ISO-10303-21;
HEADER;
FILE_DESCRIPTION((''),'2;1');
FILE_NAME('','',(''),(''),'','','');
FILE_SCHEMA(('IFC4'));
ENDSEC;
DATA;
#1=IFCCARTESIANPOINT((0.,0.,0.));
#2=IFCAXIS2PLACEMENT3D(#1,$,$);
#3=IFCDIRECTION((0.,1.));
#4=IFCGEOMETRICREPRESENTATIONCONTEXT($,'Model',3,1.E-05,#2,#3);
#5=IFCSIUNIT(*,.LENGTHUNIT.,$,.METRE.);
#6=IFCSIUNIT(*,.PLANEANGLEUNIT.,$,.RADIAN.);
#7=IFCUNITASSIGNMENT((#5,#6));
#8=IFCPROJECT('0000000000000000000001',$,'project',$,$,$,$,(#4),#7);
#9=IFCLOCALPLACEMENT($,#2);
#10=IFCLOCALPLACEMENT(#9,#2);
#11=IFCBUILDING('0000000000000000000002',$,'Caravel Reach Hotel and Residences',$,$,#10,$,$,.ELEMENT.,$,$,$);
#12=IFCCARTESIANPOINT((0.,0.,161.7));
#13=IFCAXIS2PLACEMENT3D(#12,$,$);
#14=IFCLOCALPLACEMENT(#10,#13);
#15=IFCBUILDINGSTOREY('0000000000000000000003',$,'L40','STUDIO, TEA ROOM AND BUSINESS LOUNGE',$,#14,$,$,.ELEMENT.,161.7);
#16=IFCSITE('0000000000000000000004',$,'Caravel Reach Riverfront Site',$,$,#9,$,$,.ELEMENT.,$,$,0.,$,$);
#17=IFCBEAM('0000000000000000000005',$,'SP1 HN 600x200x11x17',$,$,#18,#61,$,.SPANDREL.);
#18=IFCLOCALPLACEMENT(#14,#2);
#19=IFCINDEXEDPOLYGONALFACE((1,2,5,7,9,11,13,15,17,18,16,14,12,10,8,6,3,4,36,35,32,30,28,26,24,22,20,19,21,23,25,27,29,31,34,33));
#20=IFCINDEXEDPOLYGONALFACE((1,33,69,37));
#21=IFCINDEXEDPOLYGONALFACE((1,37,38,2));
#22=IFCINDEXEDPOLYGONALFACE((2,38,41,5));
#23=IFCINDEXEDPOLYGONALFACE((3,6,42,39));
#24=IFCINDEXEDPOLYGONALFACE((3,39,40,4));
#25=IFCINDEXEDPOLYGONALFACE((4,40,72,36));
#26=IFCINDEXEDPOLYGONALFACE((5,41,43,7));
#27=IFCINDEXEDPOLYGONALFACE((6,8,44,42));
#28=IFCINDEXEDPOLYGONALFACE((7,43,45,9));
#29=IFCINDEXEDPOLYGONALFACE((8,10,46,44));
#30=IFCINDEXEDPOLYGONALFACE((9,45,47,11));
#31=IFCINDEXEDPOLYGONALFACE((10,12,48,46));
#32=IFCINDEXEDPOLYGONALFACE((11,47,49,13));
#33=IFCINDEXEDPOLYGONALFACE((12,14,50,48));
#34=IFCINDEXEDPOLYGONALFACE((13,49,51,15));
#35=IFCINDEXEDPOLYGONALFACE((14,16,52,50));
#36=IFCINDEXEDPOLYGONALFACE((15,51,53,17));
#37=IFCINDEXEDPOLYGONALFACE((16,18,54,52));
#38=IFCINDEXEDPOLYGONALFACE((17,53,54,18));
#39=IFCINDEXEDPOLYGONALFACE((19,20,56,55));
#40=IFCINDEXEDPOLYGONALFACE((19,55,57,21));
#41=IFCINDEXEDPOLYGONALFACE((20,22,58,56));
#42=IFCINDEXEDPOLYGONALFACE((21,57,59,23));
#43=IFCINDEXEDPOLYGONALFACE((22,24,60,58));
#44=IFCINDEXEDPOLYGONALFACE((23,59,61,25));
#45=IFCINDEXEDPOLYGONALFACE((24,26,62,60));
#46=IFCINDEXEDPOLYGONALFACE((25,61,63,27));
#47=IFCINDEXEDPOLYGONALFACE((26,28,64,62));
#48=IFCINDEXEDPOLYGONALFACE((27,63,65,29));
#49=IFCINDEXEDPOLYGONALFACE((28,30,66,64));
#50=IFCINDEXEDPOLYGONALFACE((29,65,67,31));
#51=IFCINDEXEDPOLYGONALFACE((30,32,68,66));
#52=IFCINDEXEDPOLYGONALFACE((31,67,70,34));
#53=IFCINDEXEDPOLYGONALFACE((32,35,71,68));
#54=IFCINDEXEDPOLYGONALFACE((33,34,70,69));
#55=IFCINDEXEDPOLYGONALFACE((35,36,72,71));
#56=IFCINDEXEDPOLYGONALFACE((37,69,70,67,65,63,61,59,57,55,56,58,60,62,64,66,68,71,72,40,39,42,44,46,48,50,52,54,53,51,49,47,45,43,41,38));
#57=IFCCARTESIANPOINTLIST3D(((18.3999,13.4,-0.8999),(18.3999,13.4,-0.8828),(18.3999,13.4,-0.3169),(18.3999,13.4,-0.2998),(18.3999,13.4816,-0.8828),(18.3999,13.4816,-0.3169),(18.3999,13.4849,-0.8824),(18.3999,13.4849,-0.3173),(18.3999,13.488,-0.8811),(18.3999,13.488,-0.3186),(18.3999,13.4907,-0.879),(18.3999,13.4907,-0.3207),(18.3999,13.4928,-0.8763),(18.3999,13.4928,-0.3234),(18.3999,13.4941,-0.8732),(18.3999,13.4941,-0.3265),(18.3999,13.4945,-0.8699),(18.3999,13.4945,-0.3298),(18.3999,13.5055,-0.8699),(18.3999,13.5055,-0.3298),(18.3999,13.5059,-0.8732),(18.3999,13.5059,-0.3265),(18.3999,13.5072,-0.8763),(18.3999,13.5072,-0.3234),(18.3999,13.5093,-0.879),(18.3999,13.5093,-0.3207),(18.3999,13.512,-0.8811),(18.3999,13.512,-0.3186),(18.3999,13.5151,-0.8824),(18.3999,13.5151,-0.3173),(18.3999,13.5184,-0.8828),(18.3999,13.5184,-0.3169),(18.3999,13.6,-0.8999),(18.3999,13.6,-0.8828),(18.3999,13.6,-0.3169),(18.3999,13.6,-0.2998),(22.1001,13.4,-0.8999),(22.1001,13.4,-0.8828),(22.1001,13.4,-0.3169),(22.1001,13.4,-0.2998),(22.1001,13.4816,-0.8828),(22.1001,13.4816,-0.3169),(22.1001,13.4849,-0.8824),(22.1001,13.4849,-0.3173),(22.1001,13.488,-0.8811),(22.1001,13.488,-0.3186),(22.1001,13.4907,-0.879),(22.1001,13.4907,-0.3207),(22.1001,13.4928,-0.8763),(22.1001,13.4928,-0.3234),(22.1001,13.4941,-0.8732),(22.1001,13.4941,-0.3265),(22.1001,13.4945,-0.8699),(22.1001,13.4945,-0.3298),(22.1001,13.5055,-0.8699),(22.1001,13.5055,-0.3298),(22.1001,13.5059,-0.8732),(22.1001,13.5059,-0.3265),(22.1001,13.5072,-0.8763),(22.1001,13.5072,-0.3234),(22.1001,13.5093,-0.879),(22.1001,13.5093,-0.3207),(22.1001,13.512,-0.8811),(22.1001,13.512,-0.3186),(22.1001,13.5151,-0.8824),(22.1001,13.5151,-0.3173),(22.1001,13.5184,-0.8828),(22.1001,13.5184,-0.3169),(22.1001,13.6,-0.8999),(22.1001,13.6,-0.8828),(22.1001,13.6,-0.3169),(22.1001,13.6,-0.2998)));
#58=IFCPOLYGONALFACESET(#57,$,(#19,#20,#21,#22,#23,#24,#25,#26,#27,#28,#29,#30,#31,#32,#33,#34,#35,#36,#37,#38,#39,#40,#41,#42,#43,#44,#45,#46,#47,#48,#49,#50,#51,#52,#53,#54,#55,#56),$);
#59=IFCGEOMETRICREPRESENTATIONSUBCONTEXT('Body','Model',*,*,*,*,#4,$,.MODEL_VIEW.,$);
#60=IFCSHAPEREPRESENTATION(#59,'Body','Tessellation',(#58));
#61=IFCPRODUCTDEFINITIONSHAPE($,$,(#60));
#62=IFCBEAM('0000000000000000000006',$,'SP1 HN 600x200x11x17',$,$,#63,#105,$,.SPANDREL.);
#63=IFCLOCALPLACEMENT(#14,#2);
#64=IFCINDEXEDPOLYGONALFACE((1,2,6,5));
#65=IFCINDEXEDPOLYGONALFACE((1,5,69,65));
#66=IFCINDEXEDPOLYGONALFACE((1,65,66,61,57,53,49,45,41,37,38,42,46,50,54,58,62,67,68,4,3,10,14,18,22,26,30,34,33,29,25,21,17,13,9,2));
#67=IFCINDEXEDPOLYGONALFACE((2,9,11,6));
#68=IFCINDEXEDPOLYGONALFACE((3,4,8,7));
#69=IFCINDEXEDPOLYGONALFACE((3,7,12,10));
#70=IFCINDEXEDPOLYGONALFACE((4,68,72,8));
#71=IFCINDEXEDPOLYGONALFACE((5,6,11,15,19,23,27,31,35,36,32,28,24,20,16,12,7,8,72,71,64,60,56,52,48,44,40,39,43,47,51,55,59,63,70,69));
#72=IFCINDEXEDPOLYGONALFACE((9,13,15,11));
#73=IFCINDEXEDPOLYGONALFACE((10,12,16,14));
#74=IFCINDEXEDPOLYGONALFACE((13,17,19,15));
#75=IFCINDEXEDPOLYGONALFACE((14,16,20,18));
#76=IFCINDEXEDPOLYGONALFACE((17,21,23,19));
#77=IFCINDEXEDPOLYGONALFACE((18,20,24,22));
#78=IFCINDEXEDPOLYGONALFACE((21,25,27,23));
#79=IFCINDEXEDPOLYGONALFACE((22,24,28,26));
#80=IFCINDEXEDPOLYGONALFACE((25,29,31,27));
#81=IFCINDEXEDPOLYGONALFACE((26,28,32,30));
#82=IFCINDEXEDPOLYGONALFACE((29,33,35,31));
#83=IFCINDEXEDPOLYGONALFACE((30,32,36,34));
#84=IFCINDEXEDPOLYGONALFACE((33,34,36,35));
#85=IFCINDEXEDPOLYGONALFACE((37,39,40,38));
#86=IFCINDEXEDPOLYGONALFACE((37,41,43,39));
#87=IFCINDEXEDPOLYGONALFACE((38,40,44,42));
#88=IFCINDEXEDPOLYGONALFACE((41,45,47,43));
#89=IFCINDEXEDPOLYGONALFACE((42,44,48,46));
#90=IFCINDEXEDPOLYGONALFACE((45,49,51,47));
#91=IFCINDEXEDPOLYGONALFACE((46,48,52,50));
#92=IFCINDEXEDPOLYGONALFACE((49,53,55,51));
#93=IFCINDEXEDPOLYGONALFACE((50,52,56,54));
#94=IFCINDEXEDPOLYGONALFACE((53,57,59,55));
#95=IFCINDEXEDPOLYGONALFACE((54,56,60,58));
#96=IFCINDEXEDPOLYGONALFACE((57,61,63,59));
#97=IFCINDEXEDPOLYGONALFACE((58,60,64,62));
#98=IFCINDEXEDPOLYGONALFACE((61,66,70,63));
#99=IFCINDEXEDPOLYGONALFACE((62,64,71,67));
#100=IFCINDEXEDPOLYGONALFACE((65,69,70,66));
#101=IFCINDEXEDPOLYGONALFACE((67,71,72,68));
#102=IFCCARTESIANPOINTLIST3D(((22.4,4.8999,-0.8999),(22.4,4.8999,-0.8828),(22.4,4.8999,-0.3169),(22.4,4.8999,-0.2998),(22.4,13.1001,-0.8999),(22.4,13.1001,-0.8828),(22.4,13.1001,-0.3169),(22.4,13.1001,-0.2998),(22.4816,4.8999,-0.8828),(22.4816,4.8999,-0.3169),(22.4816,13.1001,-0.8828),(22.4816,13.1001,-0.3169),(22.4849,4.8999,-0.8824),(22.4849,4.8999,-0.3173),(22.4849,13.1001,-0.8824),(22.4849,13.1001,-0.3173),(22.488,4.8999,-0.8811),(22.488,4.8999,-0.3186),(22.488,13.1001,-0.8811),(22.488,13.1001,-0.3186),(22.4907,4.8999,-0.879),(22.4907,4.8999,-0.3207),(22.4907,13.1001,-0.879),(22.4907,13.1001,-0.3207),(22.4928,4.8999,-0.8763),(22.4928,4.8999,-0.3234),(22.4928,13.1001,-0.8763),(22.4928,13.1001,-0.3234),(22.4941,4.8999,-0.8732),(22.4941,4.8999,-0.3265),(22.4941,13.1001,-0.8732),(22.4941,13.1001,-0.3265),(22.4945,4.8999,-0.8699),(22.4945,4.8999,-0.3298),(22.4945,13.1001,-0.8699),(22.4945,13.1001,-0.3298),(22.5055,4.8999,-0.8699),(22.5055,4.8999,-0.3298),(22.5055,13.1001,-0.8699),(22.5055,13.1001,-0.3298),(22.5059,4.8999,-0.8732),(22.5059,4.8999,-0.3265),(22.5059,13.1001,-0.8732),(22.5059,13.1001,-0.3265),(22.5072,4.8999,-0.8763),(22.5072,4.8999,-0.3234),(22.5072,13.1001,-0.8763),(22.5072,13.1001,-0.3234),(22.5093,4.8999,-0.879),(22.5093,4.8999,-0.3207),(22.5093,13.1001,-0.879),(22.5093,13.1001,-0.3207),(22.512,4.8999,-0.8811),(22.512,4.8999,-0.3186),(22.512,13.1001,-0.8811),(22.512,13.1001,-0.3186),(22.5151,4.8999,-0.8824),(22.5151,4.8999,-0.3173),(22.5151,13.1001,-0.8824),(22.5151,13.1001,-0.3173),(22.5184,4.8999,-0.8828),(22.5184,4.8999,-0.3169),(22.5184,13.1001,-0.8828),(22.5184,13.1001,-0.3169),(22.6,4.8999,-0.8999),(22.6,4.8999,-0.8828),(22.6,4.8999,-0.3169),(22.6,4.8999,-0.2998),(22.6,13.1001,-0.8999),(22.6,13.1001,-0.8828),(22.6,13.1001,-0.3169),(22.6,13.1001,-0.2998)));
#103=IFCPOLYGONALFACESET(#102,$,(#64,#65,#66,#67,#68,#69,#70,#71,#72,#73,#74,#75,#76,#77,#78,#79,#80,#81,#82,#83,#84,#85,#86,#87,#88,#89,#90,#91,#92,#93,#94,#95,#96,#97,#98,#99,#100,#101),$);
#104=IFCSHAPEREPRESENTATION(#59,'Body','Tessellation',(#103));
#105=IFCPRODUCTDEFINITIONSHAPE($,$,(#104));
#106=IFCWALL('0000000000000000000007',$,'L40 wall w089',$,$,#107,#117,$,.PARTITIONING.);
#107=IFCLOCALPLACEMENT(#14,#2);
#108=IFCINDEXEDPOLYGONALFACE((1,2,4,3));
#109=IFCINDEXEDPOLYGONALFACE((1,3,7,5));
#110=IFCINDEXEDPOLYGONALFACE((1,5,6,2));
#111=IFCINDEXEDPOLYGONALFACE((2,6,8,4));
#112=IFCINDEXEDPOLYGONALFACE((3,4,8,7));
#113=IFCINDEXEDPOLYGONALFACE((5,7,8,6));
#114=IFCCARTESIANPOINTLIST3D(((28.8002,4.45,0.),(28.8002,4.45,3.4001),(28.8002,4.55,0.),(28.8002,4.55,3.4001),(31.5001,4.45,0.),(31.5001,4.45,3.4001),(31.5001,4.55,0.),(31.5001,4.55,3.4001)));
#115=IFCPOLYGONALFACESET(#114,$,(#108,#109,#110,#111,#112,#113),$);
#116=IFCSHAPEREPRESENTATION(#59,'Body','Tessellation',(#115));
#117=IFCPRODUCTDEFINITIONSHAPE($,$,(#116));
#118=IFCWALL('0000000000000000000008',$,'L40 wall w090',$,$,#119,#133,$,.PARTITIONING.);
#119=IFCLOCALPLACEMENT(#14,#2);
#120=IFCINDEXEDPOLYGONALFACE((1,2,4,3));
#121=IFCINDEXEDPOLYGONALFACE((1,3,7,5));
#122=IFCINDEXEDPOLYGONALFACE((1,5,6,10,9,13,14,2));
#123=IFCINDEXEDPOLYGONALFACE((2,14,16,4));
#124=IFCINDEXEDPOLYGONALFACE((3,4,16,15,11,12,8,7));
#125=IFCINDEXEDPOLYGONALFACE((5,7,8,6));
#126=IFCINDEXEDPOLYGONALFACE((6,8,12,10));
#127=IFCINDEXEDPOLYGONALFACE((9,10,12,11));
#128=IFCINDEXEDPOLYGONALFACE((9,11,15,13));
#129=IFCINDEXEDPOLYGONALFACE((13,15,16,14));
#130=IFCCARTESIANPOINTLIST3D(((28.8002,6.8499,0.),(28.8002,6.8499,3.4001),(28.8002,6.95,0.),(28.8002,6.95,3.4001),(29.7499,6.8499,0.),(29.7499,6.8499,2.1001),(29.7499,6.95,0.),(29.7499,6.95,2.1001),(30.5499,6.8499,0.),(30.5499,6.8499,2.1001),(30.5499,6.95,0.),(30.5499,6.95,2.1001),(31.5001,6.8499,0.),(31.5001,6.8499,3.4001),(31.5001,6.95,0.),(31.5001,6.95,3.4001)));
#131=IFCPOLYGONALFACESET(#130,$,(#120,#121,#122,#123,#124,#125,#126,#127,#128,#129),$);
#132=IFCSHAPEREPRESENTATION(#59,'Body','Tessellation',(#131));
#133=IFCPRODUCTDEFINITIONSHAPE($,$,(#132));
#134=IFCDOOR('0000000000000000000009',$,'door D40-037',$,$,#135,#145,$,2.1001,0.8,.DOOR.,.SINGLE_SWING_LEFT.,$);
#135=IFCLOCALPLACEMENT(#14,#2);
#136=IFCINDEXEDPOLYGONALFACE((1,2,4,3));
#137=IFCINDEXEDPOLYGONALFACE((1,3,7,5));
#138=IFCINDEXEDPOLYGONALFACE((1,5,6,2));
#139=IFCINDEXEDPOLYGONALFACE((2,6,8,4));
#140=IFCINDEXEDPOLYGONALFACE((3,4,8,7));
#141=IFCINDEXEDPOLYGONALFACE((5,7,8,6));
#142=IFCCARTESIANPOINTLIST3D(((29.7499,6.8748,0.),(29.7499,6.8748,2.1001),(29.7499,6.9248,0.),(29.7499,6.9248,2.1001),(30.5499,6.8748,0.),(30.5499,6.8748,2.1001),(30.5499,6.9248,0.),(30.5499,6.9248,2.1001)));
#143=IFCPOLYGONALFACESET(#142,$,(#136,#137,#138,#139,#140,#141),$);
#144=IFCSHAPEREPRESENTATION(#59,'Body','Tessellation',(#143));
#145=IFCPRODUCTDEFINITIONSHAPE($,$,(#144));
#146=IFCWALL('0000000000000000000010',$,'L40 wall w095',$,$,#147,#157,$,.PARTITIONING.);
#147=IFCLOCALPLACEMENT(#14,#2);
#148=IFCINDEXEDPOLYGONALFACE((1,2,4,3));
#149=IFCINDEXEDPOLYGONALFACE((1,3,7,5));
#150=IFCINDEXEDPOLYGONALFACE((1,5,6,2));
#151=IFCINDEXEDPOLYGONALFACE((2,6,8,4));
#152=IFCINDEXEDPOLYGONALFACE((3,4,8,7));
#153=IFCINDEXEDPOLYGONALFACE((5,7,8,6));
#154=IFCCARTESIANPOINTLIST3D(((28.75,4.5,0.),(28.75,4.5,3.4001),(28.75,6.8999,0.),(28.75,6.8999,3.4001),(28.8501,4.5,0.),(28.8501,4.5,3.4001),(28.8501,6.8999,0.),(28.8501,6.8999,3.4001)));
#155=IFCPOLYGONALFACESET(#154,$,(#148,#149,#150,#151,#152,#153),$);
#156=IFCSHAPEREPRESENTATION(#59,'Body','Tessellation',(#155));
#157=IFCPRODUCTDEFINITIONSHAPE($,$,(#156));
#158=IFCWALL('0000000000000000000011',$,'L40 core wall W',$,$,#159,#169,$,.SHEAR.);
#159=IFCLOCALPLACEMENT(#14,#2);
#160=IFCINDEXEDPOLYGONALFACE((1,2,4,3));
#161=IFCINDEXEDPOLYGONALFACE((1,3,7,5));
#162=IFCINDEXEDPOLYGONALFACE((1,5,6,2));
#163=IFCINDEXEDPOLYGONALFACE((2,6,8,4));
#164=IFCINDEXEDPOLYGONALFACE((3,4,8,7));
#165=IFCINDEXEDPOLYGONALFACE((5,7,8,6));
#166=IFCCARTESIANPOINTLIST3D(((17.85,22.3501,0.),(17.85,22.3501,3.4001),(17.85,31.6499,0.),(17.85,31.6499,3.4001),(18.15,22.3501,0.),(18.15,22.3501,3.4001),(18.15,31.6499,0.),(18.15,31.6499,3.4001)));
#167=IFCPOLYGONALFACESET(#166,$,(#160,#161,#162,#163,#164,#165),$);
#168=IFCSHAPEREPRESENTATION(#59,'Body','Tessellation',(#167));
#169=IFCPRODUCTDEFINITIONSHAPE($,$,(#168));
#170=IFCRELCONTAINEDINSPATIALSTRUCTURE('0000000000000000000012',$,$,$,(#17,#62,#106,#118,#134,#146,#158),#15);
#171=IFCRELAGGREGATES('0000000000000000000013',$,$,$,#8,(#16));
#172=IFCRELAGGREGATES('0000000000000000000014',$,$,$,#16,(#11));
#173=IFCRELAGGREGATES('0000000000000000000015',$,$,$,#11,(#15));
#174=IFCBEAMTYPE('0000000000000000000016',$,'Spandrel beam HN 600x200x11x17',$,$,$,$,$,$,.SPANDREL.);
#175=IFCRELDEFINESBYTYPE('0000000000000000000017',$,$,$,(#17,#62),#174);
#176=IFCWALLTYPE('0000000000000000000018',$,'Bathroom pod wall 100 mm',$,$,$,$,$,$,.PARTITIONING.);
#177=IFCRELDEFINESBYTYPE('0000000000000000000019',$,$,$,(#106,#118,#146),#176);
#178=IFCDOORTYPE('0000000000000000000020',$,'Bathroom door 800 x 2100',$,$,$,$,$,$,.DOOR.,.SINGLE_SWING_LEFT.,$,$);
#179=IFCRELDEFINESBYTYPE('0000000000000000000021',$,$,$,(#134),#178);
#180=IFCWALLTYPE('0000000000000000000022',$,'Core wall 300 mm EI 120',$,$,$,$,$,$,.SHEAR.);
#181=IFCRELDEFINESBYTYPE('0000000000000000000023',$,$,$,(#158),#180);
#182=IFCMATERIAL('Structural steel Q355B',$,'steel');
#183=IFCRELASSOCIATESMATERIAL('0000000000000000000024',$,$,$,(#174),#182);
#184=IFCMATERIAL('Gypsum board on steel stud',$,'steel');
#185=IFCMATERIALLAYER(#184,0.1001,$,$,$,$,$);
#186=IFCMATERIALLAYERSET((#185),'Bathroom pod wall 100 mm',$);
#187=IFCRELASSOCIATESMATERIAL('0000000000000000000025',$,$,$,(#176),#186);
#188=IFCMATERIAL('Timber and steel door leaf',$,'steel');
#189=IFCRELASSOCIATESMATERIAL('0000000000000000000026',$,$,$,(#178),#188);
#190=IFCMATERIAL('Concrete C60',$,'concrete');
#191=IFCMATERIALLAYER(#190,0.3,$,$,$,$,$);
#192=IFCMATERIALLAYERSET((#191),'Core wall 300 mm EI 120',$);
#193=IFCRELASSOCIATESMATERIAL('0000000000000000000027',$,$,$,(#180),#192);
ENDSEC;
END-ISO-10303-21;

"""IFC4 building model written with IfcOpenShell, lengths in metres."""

from ifc_helpers import new_model, si_unit, direction, frame, frame_2d, origin, origin_2d, place, context, subcontext, project, spatial, rectangle, i_section, extrude, material, layer, layer_set, material_profile, profile_set, type_object, element, fill, save


model = new_model("IFC4")

# Units and contexts
model_context = context("Model", 3, precision=1e-05, world=origin(), true_north=direction((0.0, 1.0)))
body_context = subcontext(model_context, "Body", "Model", "MODEL_VIEW")
ifc_project = project(units=[si_unit("LENGTHUNIT", "METRE"), si_unit("PLANEANGLEUNIT", "RADIAN")], contexts=[model_context])

# Site, building, storey
site_placement = place(None, origin())
site = spatial("IfcSite", under=ifc_project, at=site_placement, Name="Caravel Reach Riverfront Site", CompositionType="ELEMENT", RefElevation=0.0)
building_placement = place(site_placement, origin())
building = spatial("IfcBuilding", under=site, at=building_placement, Name="Caravel Reach Hotel and Residences", CompositionType="ELEMENT")
storey_placement = place(building_placement, frame((0.0, 0.0, 161.7)))
storey = spatial("IfcBuildingStorey", under=building, at=storey_placement, Name="L40", Description="STUDIO, TEA ROOM AND BUSINESS LOUNGE", CompositionType="ELEMENT", Elevation=161.7)

# Beams
ifc_material_1 = material(Name="Structural steel Q355B", Category="steel")
ifc_material_profile_1 = material_profile(ifc_material_1, i_section(OverallWidth=0.2, OverallDepth=0.6001, WebThickness=0.011, FlangeThickness=0.0171, FilletRadius=0.0129, at=origin_2d()), Name="HN 600x200x11x17")
ifc_profile_set_1 = profile_set([ifc_material_profile_1], Name="Structural steel Q355B")
beam_type_1 = type_object("IfcBeamType", Name="Spandrel beam HN 600x200x11x17", PredefinedType="SPANDREL", material=ifc_profile_set_1)
beam_1_placement = place(storey_placement, frame((18.3999, 13.5, -0.5999), z_axis=(1.0, 0.0, 0.0), x_axis=(0.0, 1.0, 0.0)))
element("IfcBeam", 1, at=beam_1_placement, inside=storey, type_object=beam_type_1, Name="SP1 HN 600x200x11x17", PredefinedType="SPANDREL", context=body_context, shape_type="SweptSolid", body=[
    extrude(i_section(OverallWidth=0.2, OverallDepth=0.6001, WebThickness=0.011, FlangeThickness=0.0171, FilletRadius=0.0129, at=origin_2d()), origin(), (0.0, 0.0, 1.0), 3.7002),
])
beam_2_placement = place(storey_placement, frame((22.5, 13.1001, -0.5999), z_axis=(0.0, -1.0, 0.0), x_axis=(1.0, 0.0, 0.0)))
element("IfcBeam", 2, at=beam_2_placement, inside=storey, type_object=beam_type_1, Name="SP1 HN 600x200x11x17", PredefinedType="SPANDREL", context=body_context, shape_type="SweptSolid", body=[
    extrude(i_section(OverallWidth=0.2, OverallDepth=0.6001, WebThickness=0.011, FlangeThickness=0.0171, FilletRadius=0.0129, at=origin_2d()), origin(), (0.0, 0.0, 1.0), 8.2002),
])

# Wall
ifc_material_2 = material(Name="Gypsum board on steel stud", Category="steel")
ifc_layer_1 = layer(ifc_material_2, 0.1001)
ifc_layer_set_1 = layer_set([ifc_layer_1], Name="Bathroom pod wall 100 mm")
wall_type_1 = type_object("IfcWallType", Name="Bathroom pod wall 100 mm", PredefinedType="PARTITIONING", material=ifc_layer_set_1)
wall_1_placement = place(storey_placement, frame((28.8, 4.5, 0.0), z_axis=(0.0, 0.0, 1.0), x_axis=(1.0, 0.0, 0.0)))
element("IfcWall", 3, at=wall_1_placement, inside=storey, type_object=wall_type_1, Name="L40 wall w089", PredefinedType="PARTITIONING", context=body_context, shape_type="SweptSolid", body=[
    extrude(rectangle(XDim=2.7, YDim=0.1001, at=frame_2d((1.3501, 0.0))), origin(), (0.0, 0.0, 1.0), 3.4001),
])

# Wall, opening, door
wall_2_placement = place(storey_placement, frame((28.8, 6.8999, 0.0), z_axis=(0.0, 0.0, 1.0), x_axis=(1.0, 0.0, 0.0)))
wall_2 = element("IfcWall", 4, at=wall_2_placement, inside=storey, type_object=wall_type_1, Name="L40 wall w090", PredefinedType="PARTITIONING", context=body_context, shape_type="SweptSolid", body=[
    extrude(rectangle(XDim=2.7, YDim=0.1001, at=frame_2d((1.3501, 0.0))), origin(), (0.0, 0.0, 1.0), 3.4001),
])
opening_1_placement = place(wall_2_placement, frame((0.95, 0.0, 0.0)))
opening_1 = element("IfcOpeningElement", 5, at=opening_1_placement, cuts=wall_2, PredefinedType="OPENING", context=body_context, shape_type="SweptSolid", body=[
    extrude(rectangle(XDim=0.8, YDim=2.1001, at=frame_2d((0.3999, 1.05))), frame((0.0, 0.0601, 0.0), z_axis=(0.0, -1.0, 0.0), x_axis=(1.0, 0.0, 0.0)), (0.0, 0.0, 1.0), 0.1201),
])
ifc_material_3 = material(Name="Timber and steel door leaf", Category="steel")
door_type_1 = type_object("IfcDoorType", Name="Bathroom door 800 x 2100", OperationType="SINGLE_SWING_LEFT", PredefinedType="DOOR", material=ifc_material_3)
door_1_placement = place(opening_1_placement, origin())
door_1 = element("IfcDoor", 6, at=door_1_placement, inside=storey, type_object=door_type_1, Name="door D40-037", OperationType="SINGLE_SWING_LEFT", OverallHeight=2.1001, OverallWidth=0.8, PredefinedType="DOOR", context=body_context, shape_type="SweptSolid", body=[
    extrude(rectangle(XDim=0.8, YDim=2.1001, at=frame_2d((0.3999, 1.05))), frame((0.0, 0.0249, 0.0), z_axis=(0.0, -1.0, 0.0), x_axis=(1.0, 0.0, 0.0)), (0.0, 0.0, 1.0), 0.05),
])
fill(opening_1, door_1)

# Walls
wall_3_placement = place(storey_placement, frame((28.8, 4.5, 0.0), z_axis=(0.0, 0.0, 1.0), x_axis=(0.0, 1.0, 0.0)))
element("IfcWall", 7, at=wall_3_placement, inside=storey, type_object=wall_type_1, Name="L40 wall w095", PredefinedType="PARTITIONING", context=body_context, shape_type="SweptSolid", body=[
    extrude(rectangle(XDim=2.3999, YDim=0.1001, at=frame_2d((1.2, 0.0))), origin(), (0.0, 0.0, 1.0), 3.4001),
])
ifc_material_4 = material(Name="Concrete C60", Category="concrete")
ifc_layer_2 = layer(ifc_material_4, 0.3)
ifc_layer_set_2 = layer_set([ifc_layer_2], Name="Core wall 300 mm EI 120")
wall_type_2 = type_object("IfcWallType", Name="Core wall 300 mm EI 120", PredefinedType="SHEAR", material=ifc_layer_set_2)
wall_4_placement = place(storey_placement, frame((18.0, 22.3501, 0.0), z_axis=(0.0, 0.0, 1.0), x_axis=(0.0, 1.0, 0.0)))
element("IfcWall", 8, at=wall_4_placement, inside=storey, type_object=wall_type_2, Name="L40 core wall W", PredefinedType="SHEAR", context=body_context, shape_type="SweptSolid", body=[
    extrude(rectangle(XDim=9.2998, YDim=0.3, at=frame_2d((4.6499, 0.0))), origin(), (0.0, 0.0, 1.0), 3.4001),
])

save(model, "model.ifc")
